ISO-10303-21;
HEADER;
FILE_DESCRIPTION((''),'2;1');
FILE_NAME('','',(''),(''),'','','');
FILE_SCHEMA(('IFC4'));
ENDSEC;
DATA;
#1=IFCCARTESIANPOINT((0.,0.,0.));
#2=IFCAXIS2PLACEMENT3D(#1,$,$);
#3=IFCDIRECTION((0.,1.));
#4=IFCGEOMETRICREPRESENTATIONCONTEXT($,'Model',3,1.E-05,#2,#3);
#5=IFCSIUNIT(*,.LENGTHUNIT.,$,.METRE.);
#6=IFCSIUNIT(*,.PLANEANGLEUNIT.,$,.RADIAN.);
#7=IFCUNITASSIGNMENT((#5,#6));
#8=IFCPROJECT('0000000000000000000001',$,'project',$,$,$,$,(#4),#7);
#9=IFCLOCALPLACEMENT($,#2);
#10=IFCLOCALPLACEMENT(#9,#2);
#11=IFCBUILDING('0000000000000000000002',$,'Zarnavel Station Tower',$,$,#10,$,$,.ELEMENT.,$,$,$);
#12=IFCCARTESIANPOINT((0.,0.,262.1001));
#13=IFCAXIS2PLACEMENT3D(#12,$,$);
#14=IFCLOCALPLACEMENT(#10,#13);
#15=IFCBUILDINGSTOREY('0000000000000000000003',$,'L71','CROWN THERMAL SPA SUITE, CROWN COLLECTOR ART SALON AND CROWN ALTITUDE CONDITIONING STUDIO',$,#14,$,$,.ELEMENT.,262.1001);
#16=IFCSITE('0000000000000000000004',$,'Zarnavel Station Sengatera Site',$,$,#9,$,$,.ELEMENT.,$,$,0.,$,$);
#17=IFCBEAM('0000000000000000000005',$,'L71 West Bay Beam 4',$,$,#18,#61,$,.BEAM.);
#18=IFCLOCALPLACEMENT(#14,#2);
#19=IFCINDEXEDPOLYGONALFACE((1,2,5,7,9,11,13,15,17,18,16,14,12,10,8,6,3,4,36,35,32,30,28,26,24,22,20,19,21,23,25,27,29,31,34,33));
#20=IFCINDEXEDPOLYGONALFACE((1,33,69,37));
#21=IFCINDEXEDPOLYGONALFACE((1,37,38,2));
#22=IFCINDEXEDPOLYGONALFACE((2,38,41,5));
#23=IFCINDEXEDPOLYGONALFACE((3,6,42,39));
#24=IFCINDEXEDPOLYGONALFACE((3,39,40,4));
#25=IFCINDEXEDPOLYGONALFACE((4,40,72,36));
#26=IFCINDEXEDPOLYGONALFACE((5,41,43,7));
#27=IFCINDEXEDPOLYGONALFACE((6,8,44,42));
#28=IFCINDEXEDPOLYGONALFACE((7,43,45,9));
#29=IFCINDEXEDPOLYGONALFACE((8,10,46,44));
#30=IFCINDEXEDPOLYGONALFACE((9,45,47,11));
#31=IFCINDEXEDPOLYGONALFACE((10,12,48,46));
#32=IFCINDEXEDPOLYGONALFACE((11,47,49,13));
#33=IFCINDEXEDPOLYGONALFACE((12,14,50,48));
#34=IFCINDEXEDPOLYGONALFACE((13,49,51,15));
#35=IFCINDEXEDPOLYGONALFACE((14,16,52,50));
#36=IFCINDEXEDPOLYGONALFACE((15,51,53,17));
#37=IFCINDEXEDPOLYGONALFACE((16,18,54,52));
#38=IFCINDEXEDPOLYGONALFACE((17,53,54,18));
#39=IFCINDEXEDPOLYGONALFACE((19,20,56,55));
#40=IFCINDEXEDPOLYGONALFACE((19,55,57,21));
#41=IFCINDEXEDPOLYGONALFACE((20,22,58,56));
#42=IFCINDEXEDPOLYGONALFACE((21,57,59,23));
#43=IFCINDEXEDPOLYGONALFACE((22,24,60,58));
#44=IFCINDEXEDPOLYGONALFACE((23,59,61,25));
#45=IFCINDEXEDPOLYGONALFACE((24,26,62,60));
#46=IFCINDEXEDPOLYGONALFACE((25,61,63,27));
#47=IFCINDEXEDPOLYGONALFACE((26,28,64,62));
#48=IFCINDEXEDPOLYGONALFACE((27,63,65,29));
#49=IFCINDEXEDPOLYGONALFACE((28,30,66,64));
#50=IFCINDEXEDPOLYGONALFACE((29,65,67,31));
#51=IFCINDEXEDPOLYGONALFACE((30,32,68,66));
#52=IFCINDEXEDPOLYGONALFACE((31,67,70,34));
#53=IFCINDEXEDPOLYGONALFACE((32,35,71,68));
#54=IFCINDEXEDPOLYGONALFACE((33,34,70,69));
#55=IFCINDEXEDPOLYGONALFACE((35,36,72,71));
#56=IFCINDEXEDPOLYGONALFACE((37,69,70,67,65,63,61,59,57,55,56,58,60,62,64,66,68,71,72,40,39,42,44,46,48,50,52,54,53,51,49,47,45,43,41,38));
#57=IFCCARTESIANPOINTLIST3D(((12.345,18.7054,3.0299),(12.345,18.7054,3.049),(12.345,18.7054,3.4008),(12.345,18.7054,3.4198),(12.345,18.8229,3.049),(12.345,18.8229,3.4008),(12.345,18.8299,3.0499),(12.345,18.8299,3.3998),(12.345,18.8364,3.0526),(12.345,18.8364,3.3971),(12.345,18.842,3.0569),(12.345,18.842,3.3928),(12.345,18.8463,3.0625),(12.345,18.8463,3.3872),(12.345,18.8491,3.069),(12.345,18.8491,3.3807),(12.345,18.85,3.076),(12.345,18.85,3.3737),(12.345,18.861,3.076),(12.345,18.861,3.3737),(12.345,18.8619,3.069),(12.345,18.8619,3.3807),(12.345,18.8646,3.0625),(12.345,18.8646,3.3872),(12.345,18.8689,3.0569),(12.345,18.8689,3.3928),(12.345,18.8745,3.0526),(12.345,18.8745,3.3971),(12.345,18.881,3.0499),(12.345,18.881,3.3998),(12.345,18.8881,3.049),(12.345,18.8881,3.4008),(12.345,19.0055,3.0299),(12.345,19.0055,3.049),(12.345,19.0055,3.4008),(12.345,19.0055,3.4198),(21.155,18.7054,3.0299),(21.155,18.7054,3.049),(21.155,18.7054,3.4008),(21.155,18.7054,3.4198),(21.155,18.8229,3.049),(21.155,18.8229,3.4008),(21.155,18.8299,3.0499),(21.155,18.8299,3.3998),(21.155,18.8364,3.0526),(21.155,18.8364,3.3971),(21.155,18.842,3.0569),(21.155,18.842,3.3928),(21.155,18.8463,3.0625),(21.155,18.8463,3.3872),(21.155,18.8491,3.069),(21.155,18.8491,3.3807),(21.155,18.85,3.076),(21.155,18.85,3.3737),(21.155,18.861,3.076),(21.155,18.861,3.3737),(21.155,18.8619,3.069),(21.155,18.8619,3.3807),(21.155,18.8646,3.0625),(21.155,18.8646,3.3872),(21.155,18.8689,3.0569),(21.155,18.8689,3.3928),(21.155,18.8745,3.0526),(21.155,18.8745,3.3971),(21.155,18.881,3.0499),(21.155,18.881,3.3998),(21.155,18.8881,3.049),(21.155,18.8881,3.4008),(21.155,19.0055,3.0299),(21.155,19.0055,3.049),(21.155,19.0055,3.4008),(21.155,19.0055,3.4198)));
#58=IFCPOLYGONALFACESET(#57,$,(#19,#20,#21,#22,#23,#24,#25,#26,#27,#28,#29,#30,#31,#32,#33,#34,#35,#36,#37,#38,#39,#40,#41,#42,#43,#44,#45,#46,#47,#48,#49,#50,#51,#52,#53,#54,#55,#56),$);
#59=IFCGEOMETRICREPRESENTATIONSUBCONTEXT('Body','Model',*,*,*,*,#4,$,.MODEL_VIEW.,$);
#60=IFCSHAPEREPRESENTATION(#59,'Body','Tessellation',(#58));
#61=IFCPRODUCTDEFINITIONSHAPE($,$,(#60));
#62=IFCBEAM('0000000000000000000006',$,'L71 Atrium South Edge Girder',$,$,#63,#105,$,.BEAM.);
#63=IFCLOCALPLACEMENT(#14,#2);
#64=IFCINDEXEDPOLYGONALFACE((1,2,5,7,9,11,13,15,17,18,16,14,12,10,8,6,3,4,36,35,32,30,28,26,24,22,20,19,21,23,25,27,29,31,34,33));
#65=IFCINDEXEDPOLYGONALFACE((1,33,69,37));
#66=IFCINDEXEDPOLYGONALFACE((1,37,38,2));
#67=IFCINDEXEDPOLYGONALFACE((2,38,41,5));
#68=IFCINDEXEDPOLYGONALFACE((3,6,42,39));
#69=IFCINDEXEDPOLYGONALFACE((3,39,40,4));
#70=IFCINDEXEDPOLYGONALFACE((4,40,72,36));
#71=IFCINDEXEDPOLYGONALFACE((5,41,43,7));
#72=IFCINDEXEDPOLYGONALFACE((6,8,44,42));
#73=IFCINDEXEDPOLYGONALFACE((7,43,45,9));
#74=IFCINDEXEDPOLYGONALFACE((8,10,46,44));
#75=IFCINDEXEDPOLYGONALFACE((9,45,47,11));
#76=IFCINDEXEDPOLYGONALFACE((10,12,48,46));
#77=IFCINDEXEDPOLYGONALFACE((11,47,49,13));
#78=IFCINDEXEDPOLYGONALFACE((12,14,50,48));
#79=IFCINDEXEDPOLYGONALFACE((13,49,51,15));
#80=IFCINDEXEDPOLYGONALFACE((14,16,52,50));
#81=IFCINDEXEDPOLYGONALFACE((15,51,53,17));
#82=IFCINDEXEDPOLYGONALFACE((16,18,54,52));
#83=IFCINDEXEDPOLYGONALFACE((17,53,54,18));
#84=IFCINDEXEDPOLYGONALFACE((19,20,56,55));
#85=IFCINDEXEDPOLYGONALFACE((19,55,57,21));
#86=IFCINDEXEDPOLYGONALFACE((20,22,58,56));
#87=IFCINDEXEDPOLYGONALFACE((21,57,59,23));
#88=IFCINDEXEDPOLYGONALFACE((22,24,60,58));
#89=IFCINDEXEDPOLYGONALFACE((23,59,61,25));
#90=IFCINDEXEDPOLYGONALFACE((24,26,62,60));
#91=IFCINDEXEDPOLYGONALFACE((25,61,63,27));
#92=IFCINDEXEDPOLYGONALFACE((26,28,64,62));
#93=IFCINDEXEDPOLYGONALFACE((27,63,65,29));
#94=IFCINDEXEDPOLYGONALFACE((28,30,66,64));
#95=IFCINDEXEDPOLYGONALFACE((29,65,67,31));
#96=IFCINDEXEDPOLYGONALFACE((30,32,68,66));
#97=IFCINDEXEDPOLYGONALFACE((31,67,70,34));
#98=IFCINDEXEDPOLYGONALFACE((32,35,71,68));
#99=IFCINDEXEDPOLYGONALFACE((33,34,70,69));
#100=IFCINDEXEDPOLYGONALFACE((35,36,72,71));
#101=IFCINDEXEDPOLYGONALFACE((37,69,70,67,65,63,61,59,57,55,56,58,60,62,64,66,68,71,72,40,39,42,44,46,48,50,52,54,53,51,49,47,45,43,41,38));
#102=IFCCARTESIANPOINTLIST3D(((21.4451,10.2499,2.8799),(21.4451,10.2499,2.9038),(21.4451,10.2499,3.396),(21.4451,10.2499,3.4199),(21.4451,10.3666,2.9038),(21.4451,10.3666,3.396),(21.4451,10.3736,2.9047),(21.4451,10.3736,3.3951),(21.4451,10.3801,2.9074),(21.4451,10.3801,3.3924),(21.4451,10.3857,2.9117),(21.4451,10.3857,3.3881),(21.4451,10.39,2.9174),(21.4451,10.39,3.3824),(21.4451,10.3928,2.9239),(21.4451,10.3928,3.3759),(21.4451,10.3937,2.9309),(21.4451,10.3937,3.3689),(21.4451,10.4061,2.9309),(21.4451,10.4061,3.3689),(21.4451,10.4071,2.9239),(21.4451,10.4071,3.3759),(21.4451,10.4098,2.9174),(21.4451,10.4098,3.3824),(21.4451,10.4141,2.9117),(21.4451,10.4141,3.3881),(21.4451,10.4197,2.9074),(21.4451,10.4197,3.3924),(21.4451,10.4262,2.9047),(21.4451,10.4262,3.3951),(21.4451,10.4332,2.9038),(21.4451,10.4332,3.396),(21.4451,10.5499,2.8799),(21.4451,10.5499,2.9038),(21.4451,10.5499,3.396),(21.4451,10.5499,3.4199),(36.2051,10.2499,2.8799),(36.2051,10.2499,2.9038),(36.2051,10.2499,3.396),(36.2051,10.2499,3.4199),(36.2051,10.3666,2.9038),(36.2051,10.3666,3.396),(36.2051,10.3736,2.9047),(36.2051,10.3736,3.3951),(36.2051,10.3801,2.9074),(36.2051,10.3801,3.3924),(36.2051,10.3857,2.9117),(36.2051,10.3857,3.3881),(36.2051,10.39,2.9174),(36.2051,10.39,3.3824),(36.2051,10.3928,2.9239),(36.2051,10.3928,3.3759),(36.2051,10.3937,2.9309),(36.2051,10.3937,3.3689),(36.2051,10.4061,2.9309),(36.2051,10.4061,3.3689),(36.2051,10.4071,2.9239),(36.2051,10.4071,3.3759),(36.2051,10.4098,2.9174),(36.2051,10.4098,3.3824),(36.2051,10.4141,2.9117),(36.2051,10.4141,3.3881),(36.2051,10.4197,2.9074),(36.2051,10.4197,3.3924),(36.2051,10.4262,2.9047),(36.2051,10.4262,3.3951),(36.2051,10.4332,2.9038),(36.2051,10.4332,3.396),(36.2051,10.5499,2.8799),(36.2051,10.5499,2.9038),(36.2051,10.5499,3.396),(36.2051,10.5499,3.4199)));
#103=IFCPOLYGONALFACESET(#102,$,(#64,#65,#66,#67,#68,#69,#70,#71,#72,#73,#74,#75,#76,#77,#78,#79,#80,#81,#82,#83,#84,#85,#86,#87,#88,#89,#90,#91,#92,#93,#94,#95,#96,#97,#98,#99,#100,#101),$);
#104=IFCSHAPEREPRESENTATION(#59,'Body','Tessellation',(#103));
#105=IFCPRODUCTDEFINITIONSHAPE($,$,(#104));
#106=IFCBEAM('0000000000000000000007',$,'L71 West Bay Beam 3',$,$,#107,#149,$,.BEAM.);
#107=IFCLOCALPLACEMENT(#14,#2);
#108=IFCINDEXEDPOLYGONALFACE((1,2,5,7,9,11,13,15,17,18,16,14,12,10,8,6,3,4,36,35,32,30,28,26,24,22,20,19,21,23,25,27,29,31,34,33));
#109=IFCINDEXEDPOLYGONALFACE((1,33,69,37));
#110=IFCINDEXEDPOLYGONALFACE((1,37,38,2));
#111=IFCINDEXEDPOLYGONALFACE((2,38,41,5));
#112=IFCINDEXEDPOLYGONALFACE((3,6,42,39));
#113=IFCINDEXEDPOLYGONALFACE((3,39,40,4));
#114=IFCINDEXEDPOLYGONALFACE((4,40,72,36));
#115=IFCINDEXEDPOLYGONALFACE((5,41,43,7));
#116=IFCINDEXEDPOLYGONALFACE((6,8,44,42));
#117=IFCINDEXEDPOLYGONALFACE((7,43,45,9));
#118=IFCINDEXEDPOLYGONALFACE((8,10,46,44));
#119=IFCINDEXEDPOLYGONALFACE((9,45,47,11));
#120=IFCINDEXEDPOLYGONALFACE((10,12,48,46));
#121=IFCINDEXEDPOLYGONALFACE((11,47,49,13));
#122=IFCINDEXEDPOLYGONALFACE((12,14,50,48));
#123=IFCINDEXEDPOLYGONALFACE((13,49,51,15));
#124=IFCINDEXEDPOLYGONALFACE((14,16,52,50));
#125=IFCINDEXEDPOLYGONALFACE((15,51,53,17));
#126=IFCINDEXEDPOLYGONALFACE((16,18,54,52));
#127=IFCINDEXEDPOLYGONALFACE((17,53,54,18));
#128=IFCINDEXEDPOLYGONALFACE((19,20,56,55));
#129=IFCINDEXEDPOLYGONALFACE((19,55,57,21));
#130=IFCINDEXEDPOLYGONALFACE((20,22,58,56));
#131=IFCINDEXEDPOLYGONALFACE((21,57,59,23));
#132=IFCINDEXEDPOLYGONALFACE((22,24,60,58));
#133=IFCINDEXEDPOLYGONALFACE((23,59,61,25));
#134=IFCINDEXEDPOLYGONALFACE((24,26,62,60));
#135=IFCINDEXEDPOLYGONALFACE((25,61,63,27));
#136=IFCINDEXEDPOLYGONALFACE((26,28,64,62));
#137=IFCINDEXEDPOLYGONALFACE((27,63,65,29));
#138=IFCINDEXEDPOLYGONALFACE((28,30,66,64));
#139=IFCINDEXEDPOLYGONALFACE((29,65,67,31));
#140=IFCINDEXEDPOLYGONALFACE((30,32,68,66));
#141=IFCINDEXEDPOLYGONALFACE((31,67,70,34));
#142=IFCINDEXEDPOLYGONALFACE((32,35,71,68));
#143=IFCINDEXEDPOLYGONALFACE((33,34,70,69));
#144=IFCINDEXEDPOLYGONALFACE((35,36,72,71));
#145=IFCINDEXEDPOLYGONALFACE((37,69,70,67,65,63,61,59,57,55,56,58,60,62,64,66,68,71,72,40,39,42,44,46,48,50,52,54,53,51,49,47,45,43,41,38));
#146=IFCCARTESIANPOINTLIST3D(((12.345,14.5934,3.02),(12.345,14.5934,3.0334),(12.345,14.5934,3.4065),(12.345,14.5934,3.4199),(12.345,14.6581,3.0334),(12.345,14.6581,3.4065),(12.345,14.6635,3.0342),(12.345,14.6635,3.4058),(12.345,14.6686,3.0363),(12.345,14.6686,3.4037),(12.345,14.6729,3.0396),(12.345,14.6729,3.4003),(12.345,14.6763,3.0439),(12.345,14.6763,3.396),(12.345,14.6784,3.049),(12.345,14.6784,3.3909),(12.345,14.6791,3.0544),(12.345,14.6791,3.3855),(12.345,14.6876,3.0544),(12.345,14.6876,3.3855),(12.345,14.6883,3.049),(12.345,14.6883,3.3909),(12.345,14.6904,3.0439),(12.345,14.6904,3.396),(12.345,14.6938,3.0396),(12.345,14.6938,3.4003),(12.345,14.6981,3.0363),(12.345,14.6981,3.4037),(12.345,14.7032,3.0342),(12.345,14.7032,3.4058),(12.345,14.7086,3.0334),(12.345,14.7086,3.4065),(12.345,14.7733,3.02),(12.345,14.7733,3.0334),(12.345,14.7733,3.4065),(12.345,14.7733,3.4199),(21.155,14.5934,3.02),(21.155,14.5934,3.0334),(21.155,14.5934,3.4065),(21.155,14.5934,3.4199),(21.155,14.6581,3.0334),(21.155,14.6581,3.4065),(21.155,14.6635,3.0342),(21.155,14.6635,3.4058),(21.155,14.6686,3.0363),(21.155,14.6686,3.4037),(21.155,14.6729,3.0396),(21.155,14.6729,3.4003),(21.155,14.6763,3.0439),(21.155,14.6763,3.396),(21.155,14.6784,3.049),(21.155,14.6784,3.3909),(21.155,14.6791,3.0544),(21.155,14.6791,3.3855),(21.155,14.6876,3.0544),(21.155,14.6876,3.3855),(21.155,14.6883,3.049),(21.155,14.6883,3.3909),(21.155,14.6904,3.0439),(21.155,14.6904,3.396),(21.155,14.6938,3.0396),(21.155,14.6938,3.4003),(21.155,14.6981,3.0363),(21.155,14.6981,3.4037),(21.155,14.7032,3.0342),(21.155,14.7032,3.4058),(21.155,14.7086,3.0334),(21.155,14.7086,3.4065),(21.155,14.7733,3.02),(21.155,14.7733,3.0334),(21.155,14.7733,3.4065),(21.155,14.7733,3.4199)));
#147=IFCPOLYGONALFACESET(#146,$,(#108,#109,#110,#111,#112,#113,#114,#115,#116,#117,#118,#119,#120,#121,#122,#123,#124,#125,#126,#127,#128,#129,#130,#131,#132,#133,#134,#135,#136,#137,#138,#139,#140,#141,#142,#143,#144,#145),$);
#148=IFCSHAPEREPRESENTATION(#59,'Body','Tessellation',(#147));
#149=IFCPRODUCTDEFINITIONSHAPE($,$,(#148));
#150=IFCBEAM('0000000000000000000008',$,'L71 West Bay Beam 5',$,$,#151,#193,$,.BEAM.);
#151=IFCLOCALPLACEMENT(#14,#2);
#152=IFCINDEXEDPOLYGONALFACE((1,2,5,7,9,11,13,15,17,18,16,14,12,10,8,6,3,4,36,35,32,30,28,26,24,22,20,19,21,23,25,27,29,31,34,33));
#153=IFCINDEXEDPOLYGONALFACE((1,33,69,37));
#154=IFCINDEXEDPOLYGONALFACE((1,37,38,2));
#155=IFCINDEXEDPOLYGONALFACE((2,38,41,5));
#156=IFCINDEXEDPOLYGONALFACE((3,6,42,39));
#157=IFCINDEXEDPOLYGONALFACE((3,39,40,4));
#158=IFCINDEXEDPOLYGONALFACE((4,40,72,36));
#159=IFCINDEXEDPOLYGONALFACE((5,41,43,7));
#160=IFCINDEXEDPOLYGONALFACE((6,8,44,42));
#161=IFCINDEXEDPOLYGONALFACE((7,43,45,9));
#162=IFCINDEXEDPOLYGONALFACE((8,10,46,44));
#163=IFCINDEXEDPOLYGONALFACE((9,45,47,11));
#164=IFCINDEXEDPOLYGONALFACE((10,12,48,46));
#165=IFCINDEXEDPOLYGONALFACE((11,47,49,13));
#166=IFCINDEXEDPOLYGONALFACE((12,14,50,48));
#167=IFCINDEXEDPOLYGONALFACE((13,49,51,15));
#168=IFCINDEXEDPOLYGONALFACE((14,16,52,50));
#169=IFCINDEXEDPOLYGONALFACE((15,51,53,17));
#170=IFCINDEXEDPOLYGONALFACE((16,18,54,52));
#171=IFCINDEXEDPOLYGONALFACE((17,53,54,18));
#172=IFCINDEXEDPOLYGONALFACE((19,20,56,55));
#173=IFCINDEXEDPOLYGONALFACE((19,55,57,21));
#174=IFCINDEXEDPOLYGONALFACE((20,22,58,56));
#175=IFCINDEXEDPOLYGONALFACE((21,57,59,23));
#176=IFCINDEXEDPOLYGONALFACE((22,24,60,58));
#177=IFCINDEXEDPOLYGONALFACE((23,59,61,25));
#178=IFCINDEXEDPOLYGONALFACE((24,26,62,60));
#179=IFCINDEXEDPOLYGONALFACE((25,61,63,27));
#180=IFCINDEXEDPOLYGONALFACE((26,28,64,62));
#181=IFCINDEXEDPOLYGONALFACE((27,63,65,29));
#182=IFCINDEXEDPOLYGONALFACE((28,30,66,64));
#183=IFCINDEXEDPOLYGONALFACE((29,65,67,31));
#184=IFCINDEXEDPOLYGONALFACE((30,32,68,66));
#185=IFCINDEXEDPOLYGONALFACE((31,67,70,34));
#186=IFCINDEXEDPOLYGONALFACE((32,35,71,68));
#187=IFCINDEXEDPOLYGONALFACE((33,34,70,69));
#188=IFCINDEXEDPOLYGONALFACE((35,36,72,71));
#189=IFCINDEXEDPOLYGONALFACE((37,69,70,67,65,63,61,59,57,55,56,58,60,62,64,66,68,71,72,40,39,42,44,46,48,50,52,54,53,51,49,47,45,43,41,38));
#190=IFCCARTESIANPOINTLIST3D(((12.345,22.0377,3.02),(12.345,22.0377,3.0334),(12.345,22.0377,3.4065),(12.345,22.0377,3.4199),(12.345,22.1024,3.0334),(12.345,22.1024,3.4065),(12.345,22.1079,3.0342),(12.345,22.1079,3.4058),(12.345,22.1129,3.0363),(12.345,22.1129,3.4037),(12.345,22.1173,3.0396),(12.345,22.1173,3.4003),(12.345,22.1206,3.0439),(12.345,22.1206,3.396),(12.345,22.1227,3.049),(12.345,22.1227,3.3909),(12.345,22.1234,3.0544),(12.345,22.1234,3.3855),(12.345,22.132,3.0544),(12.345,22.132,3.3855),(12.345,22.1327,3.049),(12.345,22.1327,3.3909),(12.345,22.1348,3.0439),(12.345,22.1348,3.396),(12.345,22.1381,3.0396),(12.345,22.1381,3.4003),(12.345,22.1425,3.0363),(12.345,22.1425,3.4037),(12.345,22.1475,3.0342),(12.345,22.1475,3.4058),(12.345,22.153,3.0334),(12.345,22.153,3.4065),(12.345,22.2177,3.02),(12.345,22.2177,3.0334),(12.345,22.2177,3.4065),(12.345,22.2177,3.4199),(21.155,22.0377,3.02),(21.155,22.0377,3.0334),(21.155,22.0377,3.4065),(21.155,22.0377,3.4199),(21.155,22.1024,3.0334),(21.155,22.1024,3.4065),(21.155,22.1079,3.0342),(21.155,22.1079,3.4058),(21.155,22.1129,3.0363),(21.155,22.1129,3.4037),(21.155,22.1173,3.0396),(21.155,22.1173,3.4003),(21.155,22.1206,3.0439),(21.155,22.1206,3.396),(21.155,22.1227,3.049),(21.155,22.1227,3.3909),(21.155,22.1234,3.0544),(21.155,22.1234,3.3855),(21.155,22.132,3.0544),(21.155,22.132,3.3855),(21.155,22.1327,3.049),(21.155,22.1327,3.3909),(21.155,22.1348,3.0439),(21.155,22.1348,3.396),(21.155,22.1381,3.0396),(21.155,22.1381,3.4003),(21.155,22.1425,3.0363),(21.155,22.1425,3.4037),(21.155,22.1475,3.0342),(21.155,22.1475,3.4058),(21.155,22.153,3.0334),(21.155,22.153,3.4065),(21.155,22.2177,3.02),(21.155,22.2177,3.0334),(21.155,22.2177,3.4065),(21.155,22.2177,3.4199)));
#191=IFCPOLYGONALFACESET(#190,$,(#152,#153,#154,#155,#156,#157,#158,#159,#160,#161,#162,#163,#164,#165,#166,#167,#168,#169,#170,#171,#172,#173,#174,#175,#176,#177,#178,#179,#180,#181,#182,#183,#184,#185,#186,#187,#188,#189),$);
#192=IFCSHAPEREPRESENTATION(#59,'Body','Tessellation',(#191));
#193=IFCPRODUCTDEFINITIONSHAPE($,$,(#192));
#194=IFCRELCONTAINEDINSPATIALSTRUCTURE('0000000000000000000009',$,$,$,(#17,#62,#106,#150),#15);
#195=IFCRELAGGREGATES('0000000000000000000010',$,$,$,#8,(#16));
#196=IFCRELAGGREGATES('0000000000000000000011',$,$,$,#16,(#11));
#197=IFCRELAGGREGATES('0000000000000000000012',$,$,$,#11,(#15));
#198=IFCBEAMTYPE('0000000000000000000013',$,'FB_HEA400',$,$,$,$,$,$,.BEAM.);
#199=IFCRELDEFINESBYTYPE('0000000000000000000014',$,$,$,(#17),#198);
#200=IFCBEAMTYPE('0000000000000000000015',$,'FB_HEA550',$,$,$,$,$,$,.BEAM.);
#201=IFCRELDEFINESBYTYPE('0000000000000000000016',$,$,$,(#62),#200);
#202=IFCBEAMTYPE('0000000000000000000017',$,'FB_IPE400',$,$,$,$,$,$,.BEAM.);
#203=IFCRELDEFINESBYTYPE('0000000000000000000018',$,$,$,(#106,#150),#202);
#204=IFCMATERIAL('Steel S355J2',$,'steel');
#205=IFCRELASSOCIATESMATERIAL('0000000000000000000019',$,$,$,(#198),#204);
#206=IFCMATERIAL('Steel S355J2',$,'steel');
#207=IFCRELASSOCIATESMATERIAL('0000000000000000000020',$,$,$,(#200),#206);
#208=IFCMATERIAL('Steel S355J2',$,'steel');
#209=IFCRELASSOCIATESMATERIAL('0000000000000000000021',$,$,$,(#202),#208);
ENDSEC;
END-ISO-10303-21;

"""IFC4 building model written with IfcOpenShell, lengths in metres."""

from ifc_helpers import new_model, si_unit, direction, frame, origin, origin_2d, place, context, subcontext, project, spatial, i_section, extrude, material, material_profile, profile_set, type_object, element, save


model = new_model("IFC4")

# Units and contexts
model_context = context("Model", 3, precision=1e-05, world=origin(), true_north=direction((0.0, 1.0)))
body_context = subcontext(model_context, "Body", "Model", "MODEL_VIEW")
ifc_project = project(units=[si_unit("LENGTHUNIT", "METRE"), si_unit("PLANEANGLEUNIT", "RADIAN")], contexts=[model_context])

# Site, building, storey
site_placement = place(None, origin())
site = spatial("IfcSite", under=ifc_project, at=site_placement, Name="Zarnavel Station Sengatera Site", CompositionType="ELEMENT", RefElevation=0.0)
building_placement = place(site_placement, origin())
building = spatial("IfcBuilding", under=site, at=building_placement, Name="Zarnavel Station Tower", CompositionType="ELEMENT")
storey_placement = place(building_placement, frame((0.0, 0.0, 262.1001)))
storey = spatial("IfcBuildingStorey", under=building, at=storey_placement, Name="L71", Description="CROWN THERMAL SPA SUITE, CROWN COLLECTOR ART SALON AND CROWN ALTITUDE CONDITIONING STUDIO", CompositionType="ELEMENT", Elevation=262.1001)

# Beams
ifc_material_1 = material(Name="Steel S355J2", Category="steel")
ifc_material_profile_1 = material_profile(ifc_material_1, i_section(OverallWidth=0.3, OverallDepth=0.3899, WebThickness=0.011, FlangeThickness=0.019, FilletRadius=0.0271, at=origin_2d()), Name="HEA400")
ifc_profile_set_1 = profile_set([ifc_material_profile_1], Name="Steel S355J2")
beam_type_1 = type_object("IfcBeamType", Name="FB_HEA400", PredefinedType="BEAM", material=ifc_profile_set_1)
for number, where, z_axis, x_axis, name in (
    (1, (12.345, 18.8555, 3.2249), (1.0, 0.0, 0.0), (0.0, 1.0, 0.0), "L71 West Bay Beam 4"),
):
    element("IfcBeam", number, at=place(storey_placement, frame(where, z_axis=z_axis, x_axis=x_axis)), inside=storey, type_object=beam_type_1, Name=name, PredefinedType="BEAM", context=body_context, shape_type="SweptSolid", body=[
        extrude(i_section(OverallWidth=0.3, OverallDepth=0.3899, WebThickness=0.011, FlangeThickness=0.019, FilletRadius=0.0271, at=origin_2d()), origin(), (0.0, 0.0, 1.0), 8.8101),
    ])
ifc_material_2 = material(Name="Steel S355J2", Category="steel")
ifc_material_profile_2 = material_profile(ifc_material_2, i_section(OverallWidth=0.3, OverallDepth=0.54, WebThickness=0.0125, FlangeThickness=0.0239, FilletRadius=0.0271, at=origin_2d()), Name="HEA550")
ifc_profile_set_2 = profile_set([ifc_material_profile_2], Name="Steel S355J2")
beam_type_2 = type_object("IfcBeamType", Name="FB_HEA550", PredefinedType="BEAM", material=ifc_profile_set_2)
beam_1_placement = place(storey_placement, frame((21.4451, 10.3999, 3.1499), z_axis=(1.0, 0.0, 0.0), x_axis=(0.0, 1.0, 0.0)))
element("IfcBeam", 2, at=beam_1_placement, inside=storey, type_object=beam_type_2, Name="L71 Atrium South Edge Girder", PredefinedType="BEAM", context=body_context, shape_type="SweptSolid", body=[
    extrude(i_section(OverallWidth=0.3, OverallDepth=0.54, WebThickness=0.0125, FlangeThickness=0.0239, FilletRadius=0.0271, at=origin_2d()), origin(), (0.0, 0.0, 1.0), 14.76),
])
ifc_material_3 = material(Name="Steel S355J2", Category="steel")
ifc_material_profile_3 = material_profile(ifc_material_3, i_section(OverallWidth=0.1799, OverallDepth=0.3999, WebThickness=0.0085, FlangeThickness=0.0134, FilletRadius=0.021, at=origin_2d()), Name="IPE400")
ifc_profile_set_3 = profile_set([ifc_material_profile_3], Name="Steel S355J2")
beam_type_3 = type_object("IfcBeamType", Name="FB_IPE400", PredefinedType="BEAM", material=ifc_profile_set_3)
for number, where, z_axis, x_axis, name in (
    (3, (12.345, 14.6833, 3.22), (1.0, 0.0, 0.0), (0.0, 1.0, 0.0), "L71 West Bay Beam 3"),
    (4, (12.345, 22.1277, 3.22), (1.0, 0.0, 0.0), (0.0, 1.0, 0.0), "L71 West Bay Beam 5"),
):
    element("IfcBeam", number, at=place(storey_placement, frame(where, z_axis=z_axis, x_axis=x_axis)), inside=storey, type_object=beam_type_3, Name=name, PredefinedType="BEAM", context=body_context, shape_type="SweptSolid", body=[
        extrude(i_section(OverallWidth=0.1799, OverallDepth=0.3999, WebThickness=0.0085, FlangeThickness=0.0134, FilletRadius=0.021, at=origin_2d()), origin(), (0.0, 0.0, 1.0), 8.8101),
    ])

save(model, "model.ifc")
